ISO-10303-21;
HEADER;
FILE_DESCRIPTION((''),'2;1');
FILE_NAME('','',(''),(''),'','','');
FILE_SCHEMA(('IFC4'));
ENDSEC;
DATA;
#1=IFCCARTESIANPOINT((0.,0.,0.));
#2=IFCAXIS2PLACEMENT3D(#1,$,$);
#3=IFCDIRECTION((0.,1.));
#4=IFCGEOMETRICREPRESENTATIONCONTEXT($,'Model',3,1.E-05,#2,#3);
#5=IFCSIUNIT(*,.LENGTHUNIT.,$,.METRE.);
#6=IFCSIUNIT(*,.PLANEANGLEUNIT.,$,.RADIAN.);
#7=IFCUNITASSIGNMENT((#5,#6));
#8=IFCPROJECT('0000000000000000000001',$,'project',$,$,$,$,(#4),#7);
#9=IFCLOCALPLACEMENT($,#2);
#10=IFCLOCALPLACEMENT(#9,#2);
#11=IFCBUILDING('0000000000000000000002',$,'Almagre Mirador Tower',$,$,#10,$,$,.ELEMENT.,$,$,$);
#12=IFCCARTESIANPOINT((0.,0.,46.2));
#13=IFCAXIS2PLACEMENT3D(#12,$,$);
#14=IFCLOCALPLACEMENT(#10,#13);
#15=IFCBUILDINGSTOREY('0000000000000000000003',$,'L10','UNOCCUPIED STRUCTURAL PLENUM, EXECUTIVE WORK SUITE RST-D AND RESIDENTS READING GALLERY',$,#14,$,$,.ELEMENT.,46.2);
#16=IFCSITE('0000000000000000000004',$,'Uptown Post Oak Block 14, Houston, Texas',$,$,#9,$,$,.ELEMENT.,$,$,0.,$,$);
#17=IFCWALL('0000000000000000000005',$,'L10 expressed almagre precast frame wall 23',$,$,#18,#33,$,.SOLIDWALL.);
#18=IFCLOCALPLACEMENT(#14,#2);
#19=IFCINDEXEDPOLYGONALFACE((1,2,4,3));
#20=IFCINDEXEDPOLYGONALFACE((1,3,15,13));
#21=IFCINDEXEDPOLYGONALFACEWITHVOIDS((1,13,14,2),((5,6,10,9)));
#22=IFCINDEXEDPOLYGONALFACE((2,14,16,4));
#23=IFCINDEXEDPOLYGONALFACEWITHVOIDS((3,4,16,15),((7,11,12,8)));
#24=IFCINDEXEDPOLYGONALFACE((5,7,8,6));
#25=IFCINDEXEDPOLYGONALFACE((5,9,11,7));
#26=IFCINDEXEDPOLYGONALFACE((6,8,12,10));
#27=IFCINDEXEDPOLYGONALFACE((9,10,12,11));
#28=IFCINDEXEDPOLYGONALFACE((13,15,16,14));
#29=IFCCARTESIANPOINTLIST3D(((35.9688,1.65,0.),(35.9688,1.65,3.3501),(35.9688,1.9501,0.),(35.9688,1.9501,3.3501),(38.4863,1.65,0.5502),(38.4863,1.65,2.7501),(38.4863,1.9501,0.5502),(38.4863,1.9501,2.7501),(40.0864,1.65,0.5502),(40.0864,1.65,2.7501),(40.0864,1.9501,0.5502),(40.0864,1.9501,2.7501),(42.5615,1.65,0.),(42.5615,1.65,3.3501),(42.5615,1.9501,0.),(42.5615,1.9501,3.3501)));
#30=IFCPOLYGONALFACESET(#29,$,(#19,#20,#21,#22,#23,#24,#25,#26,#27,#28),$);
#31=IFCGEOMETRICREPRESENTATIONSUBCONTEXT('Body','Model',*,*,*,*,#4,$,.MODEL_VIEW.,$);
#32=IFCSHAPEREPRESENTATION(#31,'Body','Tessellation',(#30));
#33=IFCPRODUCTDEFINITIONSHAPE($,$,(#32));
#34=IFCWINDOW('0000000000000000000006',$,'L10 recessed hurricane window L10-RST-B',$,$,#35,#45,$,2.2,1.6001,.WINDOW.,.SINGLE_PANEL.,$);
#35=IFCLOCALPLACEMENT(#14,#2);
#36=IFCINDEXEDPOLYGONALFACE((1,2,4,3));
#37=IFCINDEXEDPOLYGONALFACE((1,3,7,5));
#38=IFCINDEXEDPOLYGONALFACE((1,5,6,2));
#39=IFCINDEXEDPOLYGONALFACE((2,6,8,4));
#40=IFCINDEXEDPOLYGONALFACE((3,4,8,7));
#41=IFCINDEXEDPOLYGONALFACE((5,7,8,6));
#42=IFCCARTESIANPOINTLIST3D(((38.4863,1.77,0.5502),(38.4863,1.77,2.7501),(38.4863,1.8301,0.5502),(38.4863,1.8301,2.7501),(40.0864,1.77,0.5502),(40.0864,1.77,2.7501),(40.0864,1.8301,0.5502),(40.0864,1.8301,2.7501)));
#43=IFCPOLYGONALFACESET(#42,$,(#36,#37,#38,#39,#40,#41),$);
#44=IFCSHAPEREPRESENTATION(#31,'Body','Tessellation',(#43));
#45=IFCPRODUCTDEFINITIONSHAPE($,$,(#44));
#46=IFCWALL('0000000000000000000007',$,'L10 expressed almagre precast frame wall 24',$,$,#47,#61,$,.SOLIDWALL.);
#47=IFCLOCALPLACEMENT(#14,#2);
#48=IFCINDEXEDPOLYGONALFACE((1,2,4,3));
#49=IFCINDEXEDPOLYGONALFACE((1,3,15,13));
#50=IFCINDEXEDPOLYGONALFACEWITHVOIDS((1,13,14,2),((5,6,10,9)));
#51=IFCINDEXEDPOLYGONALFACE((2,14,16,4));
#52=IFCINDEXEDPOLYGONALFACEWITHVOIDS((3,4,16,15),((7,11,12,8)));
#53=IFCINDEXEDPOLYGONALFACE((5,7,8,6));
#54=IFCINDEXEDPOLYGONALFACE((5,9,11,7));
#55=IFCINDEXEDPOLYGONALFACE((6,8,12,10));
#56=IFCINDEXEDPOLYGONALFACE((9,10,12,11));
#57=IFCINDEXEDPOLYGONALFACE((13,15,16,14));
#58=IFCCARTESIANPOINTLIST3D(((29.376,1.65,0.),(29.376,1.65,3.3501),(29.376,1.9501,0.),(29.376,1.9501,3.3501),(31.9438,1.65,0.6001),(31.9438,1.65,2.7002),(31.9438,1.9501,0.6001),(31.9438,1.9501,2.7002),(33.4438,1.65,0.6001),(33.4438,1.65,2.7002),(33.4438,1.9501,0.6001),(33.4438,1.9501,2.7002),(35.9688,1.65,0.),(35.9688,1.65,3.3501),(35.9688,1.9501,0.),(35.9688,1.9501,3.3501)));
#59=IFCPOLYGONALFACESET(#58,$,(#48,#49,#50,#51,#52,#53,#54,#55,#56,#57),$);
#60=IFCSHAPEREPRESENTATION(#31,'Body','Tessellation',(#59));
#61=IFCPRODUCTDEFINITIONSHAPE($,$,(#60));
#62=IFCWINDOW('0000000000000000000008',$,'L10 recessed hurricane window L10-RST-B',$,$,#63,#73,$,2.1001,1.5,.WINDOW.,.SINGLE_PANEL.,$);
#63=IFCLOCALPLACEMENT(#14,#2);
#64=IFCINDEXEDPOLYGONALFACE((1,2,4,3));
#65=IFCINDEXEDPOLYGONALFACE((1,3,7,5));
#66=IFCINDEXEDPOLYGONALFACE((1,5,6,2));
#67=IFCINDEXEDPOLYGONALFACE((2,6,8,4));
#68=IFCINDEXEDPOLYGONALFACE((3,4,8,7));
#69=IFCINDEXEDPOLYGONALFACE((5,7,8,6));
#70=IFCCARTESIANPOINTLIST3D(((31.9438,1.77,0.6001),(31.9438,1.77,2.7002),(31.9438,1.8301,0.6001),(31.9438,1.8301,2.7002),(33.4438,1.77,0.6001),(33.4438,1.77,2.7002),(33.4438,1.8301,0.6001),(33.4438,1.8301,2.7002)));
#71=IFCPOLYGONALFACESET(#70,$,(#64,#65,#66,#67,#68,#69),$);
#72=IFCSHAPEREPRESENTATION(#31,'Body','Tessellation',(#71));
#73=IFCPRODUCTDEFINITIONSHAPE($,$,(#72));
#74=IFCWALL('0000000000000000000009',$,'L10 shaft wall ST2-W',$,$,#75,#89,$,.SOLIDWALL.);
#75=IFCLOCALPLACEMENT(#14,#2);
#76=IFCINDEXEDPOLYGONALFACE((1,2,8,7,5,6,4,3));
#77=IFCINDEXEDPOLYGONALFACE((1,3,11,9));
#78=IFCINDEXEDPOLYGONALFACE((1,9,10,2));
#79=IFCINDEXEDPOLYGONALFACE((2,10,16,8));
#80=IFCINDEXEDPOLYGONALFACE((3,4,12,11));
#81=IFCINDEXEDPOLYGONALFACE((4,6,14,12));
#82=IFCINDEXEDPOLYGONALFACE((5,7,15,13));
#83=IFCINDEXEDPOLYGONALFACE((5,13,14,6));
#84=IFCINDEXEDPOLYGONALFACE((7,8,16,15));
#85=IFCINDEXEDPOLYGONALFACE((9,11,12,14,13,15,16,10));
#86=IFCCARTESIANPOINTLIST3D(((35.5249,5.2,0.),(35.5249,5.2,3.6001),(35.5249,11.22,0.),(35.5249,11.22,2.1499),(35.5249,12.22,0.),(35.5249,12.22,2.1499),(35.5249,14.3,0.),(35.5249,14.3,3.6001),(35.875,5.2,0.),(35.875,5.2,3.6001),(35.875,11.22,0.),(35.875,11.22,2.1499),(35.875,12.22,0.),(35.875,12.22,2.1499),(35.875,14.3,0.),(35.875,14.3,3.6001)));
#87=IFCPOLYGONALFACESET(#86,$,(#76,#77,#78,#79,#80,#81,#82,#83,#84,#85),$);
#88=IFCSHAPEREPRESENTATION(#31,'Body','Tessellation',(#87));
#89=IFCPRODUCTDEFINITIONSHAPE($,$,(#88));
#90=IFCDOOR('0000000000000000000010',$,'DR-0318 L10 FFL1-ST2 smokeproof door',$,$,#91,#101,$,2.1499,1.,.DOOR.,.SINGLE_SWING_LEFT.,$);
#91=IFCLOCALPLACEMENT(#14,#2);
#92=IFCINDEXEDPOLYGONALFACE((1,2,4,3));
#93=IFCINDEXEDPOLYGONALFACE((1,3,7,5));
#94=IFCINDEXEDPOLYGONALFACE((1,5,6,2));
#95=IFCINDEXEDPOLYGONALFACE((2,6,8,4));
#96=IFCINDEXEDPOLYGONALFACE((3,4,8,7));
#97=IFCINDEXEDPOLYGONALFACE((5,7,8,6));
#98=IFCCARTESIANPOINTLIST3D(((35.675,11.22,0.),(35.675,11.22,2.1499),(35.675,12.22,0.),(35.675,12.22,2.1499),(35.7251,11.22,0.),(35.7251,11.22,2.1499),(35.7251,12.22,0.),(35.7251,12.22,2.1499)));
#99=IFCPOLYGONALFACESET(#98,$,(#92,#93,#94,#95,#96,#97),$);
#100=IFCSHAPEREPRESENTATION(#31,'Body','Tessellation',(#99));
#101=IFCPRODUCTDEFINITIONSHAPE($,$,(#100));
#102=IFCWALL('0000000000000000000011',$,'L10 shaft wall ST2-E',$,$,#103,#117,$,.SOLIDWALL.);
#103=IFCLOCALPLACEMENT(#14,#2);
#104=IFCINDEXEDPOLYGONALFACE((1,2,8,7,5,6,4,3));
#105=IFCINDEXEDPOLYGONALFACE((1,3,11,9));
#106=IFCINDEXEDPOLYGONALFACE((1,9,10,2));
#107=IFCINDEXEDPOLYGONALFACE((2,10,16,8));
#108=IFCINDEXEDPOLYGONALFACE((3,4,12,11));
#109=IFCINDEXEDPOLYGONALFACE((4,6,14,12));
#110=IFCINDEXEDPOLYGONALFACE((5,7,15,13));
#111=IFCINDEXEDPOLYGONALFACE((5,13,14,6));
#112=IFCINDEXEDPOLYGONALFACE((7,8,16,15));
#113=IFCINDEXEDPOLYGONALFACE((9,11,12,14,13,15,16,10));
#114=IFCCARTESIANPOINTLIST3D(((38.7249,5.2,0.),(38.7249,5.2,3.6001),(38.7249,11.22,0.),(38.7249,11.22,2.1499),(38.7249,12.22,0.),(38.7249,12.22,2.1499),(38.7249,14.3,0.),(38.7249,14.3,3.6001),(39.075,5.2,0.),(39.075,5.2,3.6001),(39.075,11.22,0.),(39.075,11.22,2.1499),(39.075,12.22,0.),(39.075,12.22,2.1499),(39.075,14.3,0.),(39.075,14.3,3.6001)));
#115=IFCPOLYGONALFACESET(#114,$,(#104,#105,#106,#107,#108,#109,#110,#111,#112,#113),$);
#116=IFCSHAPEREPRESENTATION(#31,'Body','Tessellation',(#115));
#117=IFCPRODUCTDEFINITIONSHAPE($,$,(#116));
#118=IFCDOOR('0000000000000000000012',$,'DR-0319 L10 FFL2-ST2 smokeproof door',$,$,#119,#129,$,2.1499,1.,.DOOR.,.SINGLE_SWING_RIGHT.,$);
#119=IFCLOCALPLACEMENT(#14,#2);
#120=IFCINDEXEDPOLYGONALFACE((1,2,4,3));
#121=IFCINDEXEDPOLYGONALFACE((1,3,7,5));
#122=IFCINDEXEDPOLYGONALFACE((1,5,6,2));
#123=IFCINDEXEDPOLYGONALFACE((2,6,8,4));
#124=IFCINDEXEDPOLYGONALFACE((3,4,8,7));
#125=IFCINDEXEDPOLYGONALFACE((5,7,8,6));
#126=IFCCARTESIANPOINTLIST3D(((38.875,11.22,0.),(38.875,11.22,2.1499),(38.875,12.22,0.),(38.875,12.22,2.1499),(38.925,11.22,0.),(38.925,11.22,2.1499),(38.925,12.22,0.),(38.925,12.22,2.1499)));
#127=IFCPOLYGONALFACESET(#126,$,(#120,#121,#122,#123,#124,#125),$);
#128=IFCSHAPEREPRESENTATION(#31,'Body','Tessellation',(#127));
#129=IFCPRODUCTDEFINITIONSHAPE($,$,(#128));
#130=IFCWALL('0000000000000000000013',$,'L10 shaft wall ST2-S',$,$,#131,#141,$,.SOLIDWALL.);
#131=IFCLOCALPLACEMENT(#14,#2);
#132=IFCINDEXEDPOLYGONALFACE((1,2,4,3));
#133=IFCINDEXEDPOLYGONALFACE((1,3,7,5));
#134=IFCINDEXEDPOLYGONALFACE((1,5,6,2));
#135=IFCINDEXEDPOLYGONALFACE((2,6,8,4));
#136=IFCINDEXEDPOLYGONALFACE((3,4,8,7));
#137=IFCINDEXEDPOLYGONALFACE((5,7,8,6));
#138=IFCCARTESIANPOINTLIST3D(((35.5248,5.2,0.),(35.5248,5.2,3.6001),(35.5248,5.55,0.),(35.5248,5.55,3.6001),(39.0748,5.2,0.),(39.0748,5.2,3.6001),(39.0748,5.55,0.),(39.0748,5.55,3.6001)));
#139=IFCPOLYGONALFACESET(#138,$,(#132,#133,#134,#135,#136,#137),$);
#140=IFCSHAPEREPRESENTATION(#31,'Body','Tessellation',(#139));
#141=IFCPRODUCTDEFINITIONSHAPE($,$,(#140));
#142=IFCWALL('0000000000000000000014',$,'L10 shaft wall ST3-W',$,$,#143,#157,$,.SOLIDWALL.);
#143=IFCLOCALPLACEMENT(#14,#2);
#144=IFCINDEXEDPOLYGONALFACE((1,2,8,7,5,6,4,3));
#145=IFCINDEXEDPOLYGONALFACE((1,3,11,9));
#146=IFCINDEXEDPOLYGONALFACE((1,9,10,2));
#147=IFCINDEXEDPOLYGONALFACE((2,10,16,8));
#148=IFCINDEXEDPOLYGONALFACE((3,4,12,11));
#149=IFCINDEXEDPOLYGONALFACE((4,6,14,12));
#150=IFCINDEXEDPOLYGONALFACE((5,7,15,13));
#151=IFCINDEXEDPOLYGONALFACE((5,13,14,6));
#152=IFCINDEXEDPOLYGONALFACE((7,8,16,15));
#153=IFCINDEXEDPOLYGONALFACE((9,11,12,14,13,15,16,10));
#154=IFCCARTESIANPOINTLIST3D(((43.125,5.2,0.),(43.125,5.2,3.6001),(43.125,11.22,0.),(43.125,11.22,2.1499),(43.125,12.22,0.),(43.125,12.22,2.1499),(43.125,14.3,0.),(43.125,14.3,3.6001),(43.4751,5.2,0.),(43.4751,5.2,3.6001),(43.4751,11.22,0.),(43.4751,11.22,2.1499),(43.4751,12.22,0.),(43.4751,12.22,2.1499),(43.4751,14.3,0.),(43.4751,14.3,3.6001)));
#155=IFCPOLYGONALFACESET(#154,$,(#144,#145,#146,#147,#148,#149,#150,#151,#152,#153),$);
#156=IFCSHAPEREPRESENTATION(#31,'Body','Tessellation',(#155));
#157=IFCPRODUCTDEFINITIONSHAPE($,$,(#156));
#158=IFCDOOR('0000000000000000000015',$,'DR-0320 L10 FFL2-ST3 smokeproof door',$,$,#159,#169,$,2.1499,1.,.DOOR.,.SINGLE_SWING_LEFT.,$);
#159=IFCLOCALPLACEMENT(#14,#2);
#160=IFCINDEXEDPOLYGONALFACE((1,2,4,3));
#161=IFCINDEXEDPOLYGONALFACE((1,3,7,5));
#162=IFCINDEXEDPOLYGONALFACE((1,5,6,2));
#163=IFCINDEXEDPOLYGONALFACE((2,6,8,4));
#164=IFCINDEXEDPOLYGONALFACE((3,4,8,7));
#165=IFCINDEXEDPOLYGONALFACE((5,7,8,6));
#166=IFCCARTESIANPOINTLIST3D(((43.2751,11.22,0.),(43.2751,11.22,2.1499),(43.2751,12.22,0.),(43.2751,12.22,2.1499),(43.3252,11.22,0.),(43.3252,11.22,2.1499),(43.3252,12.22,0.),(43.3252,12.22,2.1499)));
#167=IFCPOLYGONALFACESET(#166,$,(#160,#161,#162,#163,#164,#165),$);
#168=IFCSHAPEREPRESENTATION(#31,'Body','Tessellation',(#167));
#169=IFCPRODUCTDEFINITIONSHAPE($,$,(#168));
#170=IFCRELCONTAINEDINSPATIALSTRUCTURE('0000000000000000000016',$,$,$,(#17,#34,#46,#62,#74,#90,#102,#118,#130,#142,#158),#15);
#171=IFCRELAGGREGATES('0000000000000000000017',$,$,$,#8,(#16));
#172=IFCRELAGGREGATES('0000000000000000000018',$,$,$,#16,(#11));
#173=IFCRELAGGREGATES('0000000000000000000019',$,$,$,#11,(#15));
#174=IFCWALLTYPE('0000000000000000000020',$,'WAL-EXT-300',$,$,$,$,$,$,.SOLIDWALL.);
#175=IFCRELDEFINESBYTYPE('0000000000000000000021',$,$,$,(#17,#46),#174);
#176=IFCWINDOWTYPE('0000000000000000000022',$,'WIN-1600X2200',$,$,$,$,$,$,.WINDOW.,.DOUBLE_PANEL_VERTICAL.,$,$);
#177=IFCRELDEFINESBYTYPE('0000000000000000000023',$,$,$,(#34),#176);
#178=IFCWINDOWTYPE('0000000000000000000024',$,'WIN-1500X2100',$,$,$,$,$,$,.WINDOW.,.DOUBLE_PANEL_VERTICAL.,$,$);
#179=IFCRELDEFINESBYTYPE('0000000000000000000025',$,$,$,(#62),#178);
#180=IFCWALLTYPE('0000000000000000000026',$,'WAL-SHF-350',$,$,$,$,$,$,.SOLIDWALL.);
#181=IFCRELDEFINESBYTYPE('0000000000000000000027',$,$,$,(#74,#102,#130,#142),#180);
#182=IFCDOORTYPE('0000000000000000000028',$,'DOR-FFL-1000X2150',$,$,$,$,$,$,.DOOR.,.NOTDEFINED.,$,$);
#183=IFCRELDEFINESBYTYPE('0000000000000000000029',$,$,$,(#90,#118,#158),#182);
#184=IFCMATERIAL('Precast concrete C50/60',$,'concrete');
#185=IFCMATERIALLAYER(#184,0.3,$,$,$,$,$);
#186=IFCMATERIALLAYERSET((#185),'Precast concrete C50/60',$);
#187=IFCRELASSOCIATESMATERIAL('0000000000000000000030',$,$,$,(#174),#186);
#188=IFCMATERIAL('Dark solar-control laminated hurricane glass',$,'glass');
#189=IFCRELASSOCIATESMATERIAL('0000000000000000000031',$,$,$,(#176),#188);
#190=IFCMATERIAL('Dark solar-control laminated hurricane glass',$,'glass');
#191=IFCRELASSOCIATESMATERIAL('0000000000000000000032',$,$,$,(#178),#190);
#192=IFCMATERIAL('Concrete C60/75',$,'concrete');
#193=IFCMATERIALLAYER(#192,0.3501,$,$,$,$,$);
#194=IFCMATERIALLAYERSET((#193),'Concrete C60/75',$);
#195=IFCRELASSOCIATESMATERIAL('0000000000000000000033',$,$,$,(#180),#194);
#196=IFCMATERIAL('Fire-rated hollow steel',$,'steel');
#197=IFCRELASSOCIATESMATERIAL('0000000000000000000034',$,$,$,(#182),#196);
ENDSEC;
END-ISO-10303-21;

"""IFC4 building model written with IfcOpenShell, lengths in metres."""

from ifc_helpers import new_model, si_unit, direction, frame, frame_2d, origin, place, context, subcontext, project, spatial, rectangle, extrude, material, layer, layer_set, type_object, element, fill, save


model = new_model("IFC4")

# Units and contexts
model_context = context("Model", 3, precision=1e-05, world=origin(), true_north=direction((0.0, 1.0)))
body_context = subcontext(model_context, "Body", "Model", "MODEL_VIEW")
ifc_project = project(units=[si_unit("LENGTHUNIT", "METRE"), si_unit("PLANEANGLEUNIT", "RADIAN")], contexts=[model_context])

# Site, building, storey
site_placement = place(None, origin())
site = spatial("IfcSite", under=ifc_project, at=site_placement, Name="Uptown Post Oak Block 14, Houston, Texas", CompositionType="ELEMENT", RefElevation=0.0)
building_placement = place(site_placement, origin())
building = spatial("IfcBuilding", under=site, at=building_placement, Name="Almagre Mirador Tower", CompositionType="ELEMENT")
storey_placement = place(building_placement, frame((0.0, 0.0, 46.2)))
storey = spatial("IfcBuildingStorey", under=building, at=storey_placement, Name="L10", Description="UNOCCUPIED STRUCTURAL PLENUM, EXECUTIVE WORK SUITE RST-D AND RESIDENTS READING GALLERY", CompositionType="ELEMENT", Elevation=46.2)

# Walls, openings, windows
ifc_material_1 = material(Name="Precast concrete C50/60", Category="concrete")
ifc_layer_1 = layer(ifc_material_1, 0.3)
ifc_layer_set_1 = layer_set([ifc_layer_1], Name="Precast concrete C50/60")
wall_type_1 = type_object("IfcWallType", Name="WAL-EXT-300", PredefinedType="SOLIDWALL", material=ifc_layer_set_1)
wall_1_placement = place(storey_placement, frame((42.5615, 1.8, 0.0), z_axis=(0.0, 0.0, 1.0), x_axis=(-1.0, 0.0, 0.0)))
wall_1 = element("IfcWall", 1, at=wall_1_placement, inside=storey, type_object=wall_type_1, Name="L10 expressed almagre precast frame wall 23", PredefinedType="SOLIDWALL", context=body_context, shape_type="SweptSolid", body=[
    extrude(rectangle(XDim=6.5928, YDim=0.3, at=frame_2d((3.2964, 0.0))), origin(), (0.0, 0.0, 1.0), 3.3501),
])
opening_1_placement = place(wall_1_placement, frame((2.4751, 0.0, 0.55)))
opening_1 = element("IfcOpeningElement", 2, at=opening_1_placement, cuts=wall_1, PredefinedType="OPENING", context=body_context, shape_type="SweptSolid", body=[
    extrude(rectangle(XDim=1.6001, YDim=2.2, at=frame_2d((0.8, 1.1001))), frame((0.0, 0.1599, 0.0), z_axis=(0.0, -1.0, 0.0), x_axis=(1.0, 0.0, 0.0)), (0.0, 0.0, 1.0), 0.32),
])
ifc_material_2 = material(Name="Dark solar-control laminated hurricane glass", Category="glass")
window_type_1 = type_object("IfcWindowType", Name="WIN-1600X2200", PartitioningType="DOUBLE_PANEL_VERTICAL", PredefinedType="WINDOW", material=ifc_material_2)
window_1_placement = place(opening_1_placement, origin())
window_1 = element("IfcWindow", 3, at=window_1_placement, inside=storey, type_object=window_type_1, Name="L10 recessed hurricane window L10-RST-B", OverallHeight=2.2, OverallWidth=1.6001, PartitioningType="SINGLE_PANEL", PredefinedType="WINDOW", context=body_context, shape_type="SweptSolid", body=[
    extrude(rectangle(XDim=1.6001, YDim=2.2, at=frame_2d((0.8, 1.1001))), frame((0.0, 0.03, 0.0), z_axis=(0.0, -1.0, 0.0), x_axis=(1.0, 0.0, 0.0)), (0.0, 0.0, 1.0), 0.0601),
])
fill(opening_1, window_1)
wall_2_placement = place(storey_placement, frame((35.9688, 1.8, 0.0), z_axis=(0.0, 0.0, 1.0), x_axis=(-1.0, 0.0, 0.0)))
wall_2 = element("IfcWall", 4, at=wall_2_placement, inside=storey, type_object=wall_type_1, Name="L10 expressed almagre precast frame wall 24", PredefinedType="SOLIDWALL", context=body_context, shape_type="SweptSolid", body=[
    extrude(rectangle(XDim=6.5928, YDim=0.3, at=frame_2d((3.2964, 0.0))), origin(), (0.0, 0.0, 1.0), 3.3501),
])
opening_2_placement = place(wall_2_placement, frame((2.5249, 0.0, 0.6001)))
opening_2 = element("IfcOpeningElement", 5, at=opening_2_placement, cuts=wall_2, PredefinedType="OPENING", context=body_context, shape_type="SweptSolid", body=[
    extrude(rectangle(XDim=1.5, YDim=2.1001, at=frame_2d((0.75, 1.05))), frame((0.0, 0.1599, 0.0), z_axis=(0.0, -1.0, 0.0), x_axis=(1.0, 0.0, 0.0)), (0.0, 0.0, 1.0), 0.32),
])
ifc_material_3 = material(Name="Dark solar-control laminated hurricane glass", Category="glass")
window_type_2 = type_object("IfcWindowType", Name="WIN-1500X2100", PartitioningType="DOUBLE_PANEL_VERTICAL", PredefinedType="WINDOW", material=ifc_material_3)
window_2_placement = place(opening_2_placement, origin())
window_2 = element("IfcWindow", 6, at=window_2_placement, inside=storey, type_object=window_type_2, Name="L10 recessed hurricane window L10-RST-B", OverallHeight=2.1001, OverallWidth=1.5, PartitioningType="SINGLE_PANEL", PredefinedType="WINDOW", context=body_context, shape_type="SweptSolid", body=[
    extrude(rectangle(XDim=1.5, YDim=2.1001, at=frame_2d((0.75, 1.05))), frame((0.0, 0.03, 0.0), z_axis=(0.0, -1.0, 0.0), x_axis=(1.0, 0.0, 0.0)), (0.0, 0.0, 1.0), 0.0601),
])
fill(opening_2, window_2)

# Walls, openings, doors
ifc_material_4 = material(Name="Concrete C60/75", Category="concrete")
ifc_layer_2 = layer(ifc_material_4, 0.3501)
ifc_layer_set_2 = layer_set([ifc_layer_2], Name="Concrete C60/75")
wall_type_2 = type_object("IfcWallType", Name="WAL-SHF-350", PredefinedType="SOLIDWALL", material=ifc_layer_set_2)
wall_3_placement = place(storey_placement, frame((35.7, 5.2, 0.0), z_axis=(0.0, 0.0, 1.0), x_axis=(0.0, 1.0, 0.0)))
wall_3 = element("IfcWall", 7, at=wall_3_placement, inside=storey, type_object=wall_type_2, Name="L10 shaft wall ST2-W", PredefinedType="SOLIDWALL", context=body_context, shape_type="SweptSolid", body=[
    extrude(rectangle(XDim=9.1001, YDim=0.3501, at=frame_2d((4.55, 0.0))), origin(), (0.0, 0.0, 1.0), 3.6001),
])
opening_3_placement = place(wall_3_placement, frame((6.02, 0.0, 0.0)))
opening_3 = element("IfcOpeningElement", 8, at=opening_3_placement, cuts=wall_3, PredefinedType="OPENING", context=body_context, shape_type="SweptSolid", body=[
    extrude(rectangle(XDim=1.0, YDim=2.1499, at=frame_2d((0.5, 1.075))), frame((0.0, 0.185, 0.0), z_axis=(0.0, -1.0, 0.0), x_axis=(1.0, 0.0, 0.0)), (0.0, 0.0, 1.0), 0.3701),
])
ifc_material_5 = material(Name="Fire-rated hollow steel", Category="steel")
door_type = type_object("IfcDoorType", Name="DOR-FFL-1000X2150", OperationType="NOTDEFINED", PredefinedType="DOOR", material=ifc_material_5)
door_1_placement = place(opening_3_placement, origin())
door_1 = element("IfcDoor", 9, at=door_1_placement, inside=storey, type_object=door_type, Name="DR-0318 L10 FFL1-ST2 smokeproof door", OperationType="SINGLE_SWING_LEFT", OverallHeight=2.1499, OverallWidth=1.0, PredefinedType="DOOR", context=body_context, shape_type="SweptSolid", body=[
    extrude(rectangle(XDim=1.0, YDim=2.1499, at=frame_2d((0.5, 1.075))), frame((0.0, 0.0249, 0.0), z_axis=(0.0, -1.0, 0.0), x_axis=(1.0, 0.0, 0.0)), (0.0, 0.0, 1.0), 0.05),
])
fill(opening_3, door_1)
wall_4_placement = place(storey_placement, frame((38.8999, 5.2, 0.0), z_axis=(0.0, 0.0, 1.0), x_axis=(0.0, 1.0, 0.0)))
wall_4 = element("IfcWall", 10, at=wall_4_placement, inside=storey, type_object=wall_type_2, Name="L10 shaft wall ST2-E", PredefinedType="SOLIDWALL", context=body_context, shape_type="SweptSolid", body=[
    extrude(rectangle(XDim=9.1001, YDim=0.3501, at=frame_2d((4.55, 0.0))), origin(), (0.0, 0.0, 1.0), 3.6001),
])
opening_4_placement = place(wall_4_placement, frame((6.02, 0.0, 0.0)))
opening_4 = element("IfcOpeningElement", 11, at=opening_4_placement, cuts=wall_4, PredefinedType="OPENING", context=body_context, shape_type="SweptSolid", body=[
    extrude(rectangle(XDim=1.0, YDim=2.1499, at=frame_2d((0.5, 1.075))), frame((0.0, 0.185, 0.0), z_axis=(0.0, -1.0, 0.0), x_axis=(1.0, 0.0, 0.0)), (0.0, 0.0, 1.0), 0.3701),
])
door_2_placement = place(opening_4_placement, origin())
door_2 = element("IfcDoor", 12, at=door_2_placement, inside=storey, type_object=door_type, Name="DR-0319 L10 FFL2-ST2 smokeproof door", OperationType="SINGLE_SWING_RIGHT", OverallHeight=2.1499, OverallWidth=1.0, PredefinedType="DOOR", context=body_context, shape_type="SweptSolid", body=[
    extrude(rectangle(XDim=1.0, YDim=2.1499, at=frame_2d((0.5, 1.075))), frame((0.0, 0.0249, 0.0), z_axis=(0.0, -1.0, 0.0), x_axis=(1.0, 0.0, 0.0)), (0.0, 0.0, 1.0), 0.05),
])
fill(opening_4, door_2)

# Wall
wall_5_placement = place(storey_placement, frame((35.5249, 5.375, 0.0), z_axis=(0.0, 0.0, 1.0), x_axis=(1.0, 0.0, 0.0)))
element("IfcWall", 13, at=wall_5_placement, inside=storey, type_object=wall_type_2, Name="L10 shaft wall ST2-S", PredefinedType="SOLIDWALL", context=body_context, shape_type="SweptSolid", body=[
    extrude(rectangle(XDim=3.55, YDim=0.3501, at=frame_2d((1.7749, 0.0))), origin(), (0.0, 0.0, 1.0), 3.6001),
])

# Wall, opening, door
wall_6_placement = place(storey_placement, frame((43.3, 5.2, 0.0), z_axis=(0.0, 0.0, 1.0), x_axis=(0.0, 1.0, 0.0)))
wall_6 = element("IfcWall", 14, at=wall_6_placement, inside=storey, type_object=wall_type_2, Name="L10 shaft wall ST3-W", PredefinedType="SOLIDWALL", context=body_context, shape_type="SweptSolid", body=[
    extrude(rectangle(XDim=9.1001, YDim=0.3501, at=frame_2d((4.55, 0.0))), origin(), (0.0, 0.0, 1.0), 3.6001),
])
opening_5_placement = place(wall_6_placement, frame((6.02, 0.0, 0.0)))
opening_5 = element("IfcOpeningElement", 15, at=opening_5_placement, cuts=wall_6, PredefinedType="OPENING", context=body_context, shape_type="SweptSolid", body=[
    extrude(rectangle(XDim=1.0, YDim=2.1499, at=frame_2d((0.5, 1.075))), frame((0.0, 0.185, 0.0), z_axis=(0.0, -1.0, 0.0), x_axis=(1.0, 0.0, 0.0)), (0.0, 0.0, 1.0), 0.3701),
])
door_3_placement = place(opening_5_placement, origin())
door_3 = element("IfcDoor", 16, at=door_3_placement, inside=storey, type_object=door_type, Name="DR-0320 L10 FFL2-ST3 smokeproof door", OperationType="SINGLE_SWING_LEFT", OverallHeight=2.1499, OverallWidth=1.0, PredefinedType="DOOR", context=body_context, shape_type="SweptSolid", body=[
    extrude(rectangle(XDim=1.0, YDim=2.1499, at=frame_2d((0.5, 1.075))), frame((0.0, 0.0249, 0.0), z_axis=(0.0, -1.0, 0.0), x_axis=(1.0, 0.0, 0.0)), (0.0, 0.0, 1.0), 0.05),
])
fill(opening_5, door_3)

save(model, "model.ifc")
